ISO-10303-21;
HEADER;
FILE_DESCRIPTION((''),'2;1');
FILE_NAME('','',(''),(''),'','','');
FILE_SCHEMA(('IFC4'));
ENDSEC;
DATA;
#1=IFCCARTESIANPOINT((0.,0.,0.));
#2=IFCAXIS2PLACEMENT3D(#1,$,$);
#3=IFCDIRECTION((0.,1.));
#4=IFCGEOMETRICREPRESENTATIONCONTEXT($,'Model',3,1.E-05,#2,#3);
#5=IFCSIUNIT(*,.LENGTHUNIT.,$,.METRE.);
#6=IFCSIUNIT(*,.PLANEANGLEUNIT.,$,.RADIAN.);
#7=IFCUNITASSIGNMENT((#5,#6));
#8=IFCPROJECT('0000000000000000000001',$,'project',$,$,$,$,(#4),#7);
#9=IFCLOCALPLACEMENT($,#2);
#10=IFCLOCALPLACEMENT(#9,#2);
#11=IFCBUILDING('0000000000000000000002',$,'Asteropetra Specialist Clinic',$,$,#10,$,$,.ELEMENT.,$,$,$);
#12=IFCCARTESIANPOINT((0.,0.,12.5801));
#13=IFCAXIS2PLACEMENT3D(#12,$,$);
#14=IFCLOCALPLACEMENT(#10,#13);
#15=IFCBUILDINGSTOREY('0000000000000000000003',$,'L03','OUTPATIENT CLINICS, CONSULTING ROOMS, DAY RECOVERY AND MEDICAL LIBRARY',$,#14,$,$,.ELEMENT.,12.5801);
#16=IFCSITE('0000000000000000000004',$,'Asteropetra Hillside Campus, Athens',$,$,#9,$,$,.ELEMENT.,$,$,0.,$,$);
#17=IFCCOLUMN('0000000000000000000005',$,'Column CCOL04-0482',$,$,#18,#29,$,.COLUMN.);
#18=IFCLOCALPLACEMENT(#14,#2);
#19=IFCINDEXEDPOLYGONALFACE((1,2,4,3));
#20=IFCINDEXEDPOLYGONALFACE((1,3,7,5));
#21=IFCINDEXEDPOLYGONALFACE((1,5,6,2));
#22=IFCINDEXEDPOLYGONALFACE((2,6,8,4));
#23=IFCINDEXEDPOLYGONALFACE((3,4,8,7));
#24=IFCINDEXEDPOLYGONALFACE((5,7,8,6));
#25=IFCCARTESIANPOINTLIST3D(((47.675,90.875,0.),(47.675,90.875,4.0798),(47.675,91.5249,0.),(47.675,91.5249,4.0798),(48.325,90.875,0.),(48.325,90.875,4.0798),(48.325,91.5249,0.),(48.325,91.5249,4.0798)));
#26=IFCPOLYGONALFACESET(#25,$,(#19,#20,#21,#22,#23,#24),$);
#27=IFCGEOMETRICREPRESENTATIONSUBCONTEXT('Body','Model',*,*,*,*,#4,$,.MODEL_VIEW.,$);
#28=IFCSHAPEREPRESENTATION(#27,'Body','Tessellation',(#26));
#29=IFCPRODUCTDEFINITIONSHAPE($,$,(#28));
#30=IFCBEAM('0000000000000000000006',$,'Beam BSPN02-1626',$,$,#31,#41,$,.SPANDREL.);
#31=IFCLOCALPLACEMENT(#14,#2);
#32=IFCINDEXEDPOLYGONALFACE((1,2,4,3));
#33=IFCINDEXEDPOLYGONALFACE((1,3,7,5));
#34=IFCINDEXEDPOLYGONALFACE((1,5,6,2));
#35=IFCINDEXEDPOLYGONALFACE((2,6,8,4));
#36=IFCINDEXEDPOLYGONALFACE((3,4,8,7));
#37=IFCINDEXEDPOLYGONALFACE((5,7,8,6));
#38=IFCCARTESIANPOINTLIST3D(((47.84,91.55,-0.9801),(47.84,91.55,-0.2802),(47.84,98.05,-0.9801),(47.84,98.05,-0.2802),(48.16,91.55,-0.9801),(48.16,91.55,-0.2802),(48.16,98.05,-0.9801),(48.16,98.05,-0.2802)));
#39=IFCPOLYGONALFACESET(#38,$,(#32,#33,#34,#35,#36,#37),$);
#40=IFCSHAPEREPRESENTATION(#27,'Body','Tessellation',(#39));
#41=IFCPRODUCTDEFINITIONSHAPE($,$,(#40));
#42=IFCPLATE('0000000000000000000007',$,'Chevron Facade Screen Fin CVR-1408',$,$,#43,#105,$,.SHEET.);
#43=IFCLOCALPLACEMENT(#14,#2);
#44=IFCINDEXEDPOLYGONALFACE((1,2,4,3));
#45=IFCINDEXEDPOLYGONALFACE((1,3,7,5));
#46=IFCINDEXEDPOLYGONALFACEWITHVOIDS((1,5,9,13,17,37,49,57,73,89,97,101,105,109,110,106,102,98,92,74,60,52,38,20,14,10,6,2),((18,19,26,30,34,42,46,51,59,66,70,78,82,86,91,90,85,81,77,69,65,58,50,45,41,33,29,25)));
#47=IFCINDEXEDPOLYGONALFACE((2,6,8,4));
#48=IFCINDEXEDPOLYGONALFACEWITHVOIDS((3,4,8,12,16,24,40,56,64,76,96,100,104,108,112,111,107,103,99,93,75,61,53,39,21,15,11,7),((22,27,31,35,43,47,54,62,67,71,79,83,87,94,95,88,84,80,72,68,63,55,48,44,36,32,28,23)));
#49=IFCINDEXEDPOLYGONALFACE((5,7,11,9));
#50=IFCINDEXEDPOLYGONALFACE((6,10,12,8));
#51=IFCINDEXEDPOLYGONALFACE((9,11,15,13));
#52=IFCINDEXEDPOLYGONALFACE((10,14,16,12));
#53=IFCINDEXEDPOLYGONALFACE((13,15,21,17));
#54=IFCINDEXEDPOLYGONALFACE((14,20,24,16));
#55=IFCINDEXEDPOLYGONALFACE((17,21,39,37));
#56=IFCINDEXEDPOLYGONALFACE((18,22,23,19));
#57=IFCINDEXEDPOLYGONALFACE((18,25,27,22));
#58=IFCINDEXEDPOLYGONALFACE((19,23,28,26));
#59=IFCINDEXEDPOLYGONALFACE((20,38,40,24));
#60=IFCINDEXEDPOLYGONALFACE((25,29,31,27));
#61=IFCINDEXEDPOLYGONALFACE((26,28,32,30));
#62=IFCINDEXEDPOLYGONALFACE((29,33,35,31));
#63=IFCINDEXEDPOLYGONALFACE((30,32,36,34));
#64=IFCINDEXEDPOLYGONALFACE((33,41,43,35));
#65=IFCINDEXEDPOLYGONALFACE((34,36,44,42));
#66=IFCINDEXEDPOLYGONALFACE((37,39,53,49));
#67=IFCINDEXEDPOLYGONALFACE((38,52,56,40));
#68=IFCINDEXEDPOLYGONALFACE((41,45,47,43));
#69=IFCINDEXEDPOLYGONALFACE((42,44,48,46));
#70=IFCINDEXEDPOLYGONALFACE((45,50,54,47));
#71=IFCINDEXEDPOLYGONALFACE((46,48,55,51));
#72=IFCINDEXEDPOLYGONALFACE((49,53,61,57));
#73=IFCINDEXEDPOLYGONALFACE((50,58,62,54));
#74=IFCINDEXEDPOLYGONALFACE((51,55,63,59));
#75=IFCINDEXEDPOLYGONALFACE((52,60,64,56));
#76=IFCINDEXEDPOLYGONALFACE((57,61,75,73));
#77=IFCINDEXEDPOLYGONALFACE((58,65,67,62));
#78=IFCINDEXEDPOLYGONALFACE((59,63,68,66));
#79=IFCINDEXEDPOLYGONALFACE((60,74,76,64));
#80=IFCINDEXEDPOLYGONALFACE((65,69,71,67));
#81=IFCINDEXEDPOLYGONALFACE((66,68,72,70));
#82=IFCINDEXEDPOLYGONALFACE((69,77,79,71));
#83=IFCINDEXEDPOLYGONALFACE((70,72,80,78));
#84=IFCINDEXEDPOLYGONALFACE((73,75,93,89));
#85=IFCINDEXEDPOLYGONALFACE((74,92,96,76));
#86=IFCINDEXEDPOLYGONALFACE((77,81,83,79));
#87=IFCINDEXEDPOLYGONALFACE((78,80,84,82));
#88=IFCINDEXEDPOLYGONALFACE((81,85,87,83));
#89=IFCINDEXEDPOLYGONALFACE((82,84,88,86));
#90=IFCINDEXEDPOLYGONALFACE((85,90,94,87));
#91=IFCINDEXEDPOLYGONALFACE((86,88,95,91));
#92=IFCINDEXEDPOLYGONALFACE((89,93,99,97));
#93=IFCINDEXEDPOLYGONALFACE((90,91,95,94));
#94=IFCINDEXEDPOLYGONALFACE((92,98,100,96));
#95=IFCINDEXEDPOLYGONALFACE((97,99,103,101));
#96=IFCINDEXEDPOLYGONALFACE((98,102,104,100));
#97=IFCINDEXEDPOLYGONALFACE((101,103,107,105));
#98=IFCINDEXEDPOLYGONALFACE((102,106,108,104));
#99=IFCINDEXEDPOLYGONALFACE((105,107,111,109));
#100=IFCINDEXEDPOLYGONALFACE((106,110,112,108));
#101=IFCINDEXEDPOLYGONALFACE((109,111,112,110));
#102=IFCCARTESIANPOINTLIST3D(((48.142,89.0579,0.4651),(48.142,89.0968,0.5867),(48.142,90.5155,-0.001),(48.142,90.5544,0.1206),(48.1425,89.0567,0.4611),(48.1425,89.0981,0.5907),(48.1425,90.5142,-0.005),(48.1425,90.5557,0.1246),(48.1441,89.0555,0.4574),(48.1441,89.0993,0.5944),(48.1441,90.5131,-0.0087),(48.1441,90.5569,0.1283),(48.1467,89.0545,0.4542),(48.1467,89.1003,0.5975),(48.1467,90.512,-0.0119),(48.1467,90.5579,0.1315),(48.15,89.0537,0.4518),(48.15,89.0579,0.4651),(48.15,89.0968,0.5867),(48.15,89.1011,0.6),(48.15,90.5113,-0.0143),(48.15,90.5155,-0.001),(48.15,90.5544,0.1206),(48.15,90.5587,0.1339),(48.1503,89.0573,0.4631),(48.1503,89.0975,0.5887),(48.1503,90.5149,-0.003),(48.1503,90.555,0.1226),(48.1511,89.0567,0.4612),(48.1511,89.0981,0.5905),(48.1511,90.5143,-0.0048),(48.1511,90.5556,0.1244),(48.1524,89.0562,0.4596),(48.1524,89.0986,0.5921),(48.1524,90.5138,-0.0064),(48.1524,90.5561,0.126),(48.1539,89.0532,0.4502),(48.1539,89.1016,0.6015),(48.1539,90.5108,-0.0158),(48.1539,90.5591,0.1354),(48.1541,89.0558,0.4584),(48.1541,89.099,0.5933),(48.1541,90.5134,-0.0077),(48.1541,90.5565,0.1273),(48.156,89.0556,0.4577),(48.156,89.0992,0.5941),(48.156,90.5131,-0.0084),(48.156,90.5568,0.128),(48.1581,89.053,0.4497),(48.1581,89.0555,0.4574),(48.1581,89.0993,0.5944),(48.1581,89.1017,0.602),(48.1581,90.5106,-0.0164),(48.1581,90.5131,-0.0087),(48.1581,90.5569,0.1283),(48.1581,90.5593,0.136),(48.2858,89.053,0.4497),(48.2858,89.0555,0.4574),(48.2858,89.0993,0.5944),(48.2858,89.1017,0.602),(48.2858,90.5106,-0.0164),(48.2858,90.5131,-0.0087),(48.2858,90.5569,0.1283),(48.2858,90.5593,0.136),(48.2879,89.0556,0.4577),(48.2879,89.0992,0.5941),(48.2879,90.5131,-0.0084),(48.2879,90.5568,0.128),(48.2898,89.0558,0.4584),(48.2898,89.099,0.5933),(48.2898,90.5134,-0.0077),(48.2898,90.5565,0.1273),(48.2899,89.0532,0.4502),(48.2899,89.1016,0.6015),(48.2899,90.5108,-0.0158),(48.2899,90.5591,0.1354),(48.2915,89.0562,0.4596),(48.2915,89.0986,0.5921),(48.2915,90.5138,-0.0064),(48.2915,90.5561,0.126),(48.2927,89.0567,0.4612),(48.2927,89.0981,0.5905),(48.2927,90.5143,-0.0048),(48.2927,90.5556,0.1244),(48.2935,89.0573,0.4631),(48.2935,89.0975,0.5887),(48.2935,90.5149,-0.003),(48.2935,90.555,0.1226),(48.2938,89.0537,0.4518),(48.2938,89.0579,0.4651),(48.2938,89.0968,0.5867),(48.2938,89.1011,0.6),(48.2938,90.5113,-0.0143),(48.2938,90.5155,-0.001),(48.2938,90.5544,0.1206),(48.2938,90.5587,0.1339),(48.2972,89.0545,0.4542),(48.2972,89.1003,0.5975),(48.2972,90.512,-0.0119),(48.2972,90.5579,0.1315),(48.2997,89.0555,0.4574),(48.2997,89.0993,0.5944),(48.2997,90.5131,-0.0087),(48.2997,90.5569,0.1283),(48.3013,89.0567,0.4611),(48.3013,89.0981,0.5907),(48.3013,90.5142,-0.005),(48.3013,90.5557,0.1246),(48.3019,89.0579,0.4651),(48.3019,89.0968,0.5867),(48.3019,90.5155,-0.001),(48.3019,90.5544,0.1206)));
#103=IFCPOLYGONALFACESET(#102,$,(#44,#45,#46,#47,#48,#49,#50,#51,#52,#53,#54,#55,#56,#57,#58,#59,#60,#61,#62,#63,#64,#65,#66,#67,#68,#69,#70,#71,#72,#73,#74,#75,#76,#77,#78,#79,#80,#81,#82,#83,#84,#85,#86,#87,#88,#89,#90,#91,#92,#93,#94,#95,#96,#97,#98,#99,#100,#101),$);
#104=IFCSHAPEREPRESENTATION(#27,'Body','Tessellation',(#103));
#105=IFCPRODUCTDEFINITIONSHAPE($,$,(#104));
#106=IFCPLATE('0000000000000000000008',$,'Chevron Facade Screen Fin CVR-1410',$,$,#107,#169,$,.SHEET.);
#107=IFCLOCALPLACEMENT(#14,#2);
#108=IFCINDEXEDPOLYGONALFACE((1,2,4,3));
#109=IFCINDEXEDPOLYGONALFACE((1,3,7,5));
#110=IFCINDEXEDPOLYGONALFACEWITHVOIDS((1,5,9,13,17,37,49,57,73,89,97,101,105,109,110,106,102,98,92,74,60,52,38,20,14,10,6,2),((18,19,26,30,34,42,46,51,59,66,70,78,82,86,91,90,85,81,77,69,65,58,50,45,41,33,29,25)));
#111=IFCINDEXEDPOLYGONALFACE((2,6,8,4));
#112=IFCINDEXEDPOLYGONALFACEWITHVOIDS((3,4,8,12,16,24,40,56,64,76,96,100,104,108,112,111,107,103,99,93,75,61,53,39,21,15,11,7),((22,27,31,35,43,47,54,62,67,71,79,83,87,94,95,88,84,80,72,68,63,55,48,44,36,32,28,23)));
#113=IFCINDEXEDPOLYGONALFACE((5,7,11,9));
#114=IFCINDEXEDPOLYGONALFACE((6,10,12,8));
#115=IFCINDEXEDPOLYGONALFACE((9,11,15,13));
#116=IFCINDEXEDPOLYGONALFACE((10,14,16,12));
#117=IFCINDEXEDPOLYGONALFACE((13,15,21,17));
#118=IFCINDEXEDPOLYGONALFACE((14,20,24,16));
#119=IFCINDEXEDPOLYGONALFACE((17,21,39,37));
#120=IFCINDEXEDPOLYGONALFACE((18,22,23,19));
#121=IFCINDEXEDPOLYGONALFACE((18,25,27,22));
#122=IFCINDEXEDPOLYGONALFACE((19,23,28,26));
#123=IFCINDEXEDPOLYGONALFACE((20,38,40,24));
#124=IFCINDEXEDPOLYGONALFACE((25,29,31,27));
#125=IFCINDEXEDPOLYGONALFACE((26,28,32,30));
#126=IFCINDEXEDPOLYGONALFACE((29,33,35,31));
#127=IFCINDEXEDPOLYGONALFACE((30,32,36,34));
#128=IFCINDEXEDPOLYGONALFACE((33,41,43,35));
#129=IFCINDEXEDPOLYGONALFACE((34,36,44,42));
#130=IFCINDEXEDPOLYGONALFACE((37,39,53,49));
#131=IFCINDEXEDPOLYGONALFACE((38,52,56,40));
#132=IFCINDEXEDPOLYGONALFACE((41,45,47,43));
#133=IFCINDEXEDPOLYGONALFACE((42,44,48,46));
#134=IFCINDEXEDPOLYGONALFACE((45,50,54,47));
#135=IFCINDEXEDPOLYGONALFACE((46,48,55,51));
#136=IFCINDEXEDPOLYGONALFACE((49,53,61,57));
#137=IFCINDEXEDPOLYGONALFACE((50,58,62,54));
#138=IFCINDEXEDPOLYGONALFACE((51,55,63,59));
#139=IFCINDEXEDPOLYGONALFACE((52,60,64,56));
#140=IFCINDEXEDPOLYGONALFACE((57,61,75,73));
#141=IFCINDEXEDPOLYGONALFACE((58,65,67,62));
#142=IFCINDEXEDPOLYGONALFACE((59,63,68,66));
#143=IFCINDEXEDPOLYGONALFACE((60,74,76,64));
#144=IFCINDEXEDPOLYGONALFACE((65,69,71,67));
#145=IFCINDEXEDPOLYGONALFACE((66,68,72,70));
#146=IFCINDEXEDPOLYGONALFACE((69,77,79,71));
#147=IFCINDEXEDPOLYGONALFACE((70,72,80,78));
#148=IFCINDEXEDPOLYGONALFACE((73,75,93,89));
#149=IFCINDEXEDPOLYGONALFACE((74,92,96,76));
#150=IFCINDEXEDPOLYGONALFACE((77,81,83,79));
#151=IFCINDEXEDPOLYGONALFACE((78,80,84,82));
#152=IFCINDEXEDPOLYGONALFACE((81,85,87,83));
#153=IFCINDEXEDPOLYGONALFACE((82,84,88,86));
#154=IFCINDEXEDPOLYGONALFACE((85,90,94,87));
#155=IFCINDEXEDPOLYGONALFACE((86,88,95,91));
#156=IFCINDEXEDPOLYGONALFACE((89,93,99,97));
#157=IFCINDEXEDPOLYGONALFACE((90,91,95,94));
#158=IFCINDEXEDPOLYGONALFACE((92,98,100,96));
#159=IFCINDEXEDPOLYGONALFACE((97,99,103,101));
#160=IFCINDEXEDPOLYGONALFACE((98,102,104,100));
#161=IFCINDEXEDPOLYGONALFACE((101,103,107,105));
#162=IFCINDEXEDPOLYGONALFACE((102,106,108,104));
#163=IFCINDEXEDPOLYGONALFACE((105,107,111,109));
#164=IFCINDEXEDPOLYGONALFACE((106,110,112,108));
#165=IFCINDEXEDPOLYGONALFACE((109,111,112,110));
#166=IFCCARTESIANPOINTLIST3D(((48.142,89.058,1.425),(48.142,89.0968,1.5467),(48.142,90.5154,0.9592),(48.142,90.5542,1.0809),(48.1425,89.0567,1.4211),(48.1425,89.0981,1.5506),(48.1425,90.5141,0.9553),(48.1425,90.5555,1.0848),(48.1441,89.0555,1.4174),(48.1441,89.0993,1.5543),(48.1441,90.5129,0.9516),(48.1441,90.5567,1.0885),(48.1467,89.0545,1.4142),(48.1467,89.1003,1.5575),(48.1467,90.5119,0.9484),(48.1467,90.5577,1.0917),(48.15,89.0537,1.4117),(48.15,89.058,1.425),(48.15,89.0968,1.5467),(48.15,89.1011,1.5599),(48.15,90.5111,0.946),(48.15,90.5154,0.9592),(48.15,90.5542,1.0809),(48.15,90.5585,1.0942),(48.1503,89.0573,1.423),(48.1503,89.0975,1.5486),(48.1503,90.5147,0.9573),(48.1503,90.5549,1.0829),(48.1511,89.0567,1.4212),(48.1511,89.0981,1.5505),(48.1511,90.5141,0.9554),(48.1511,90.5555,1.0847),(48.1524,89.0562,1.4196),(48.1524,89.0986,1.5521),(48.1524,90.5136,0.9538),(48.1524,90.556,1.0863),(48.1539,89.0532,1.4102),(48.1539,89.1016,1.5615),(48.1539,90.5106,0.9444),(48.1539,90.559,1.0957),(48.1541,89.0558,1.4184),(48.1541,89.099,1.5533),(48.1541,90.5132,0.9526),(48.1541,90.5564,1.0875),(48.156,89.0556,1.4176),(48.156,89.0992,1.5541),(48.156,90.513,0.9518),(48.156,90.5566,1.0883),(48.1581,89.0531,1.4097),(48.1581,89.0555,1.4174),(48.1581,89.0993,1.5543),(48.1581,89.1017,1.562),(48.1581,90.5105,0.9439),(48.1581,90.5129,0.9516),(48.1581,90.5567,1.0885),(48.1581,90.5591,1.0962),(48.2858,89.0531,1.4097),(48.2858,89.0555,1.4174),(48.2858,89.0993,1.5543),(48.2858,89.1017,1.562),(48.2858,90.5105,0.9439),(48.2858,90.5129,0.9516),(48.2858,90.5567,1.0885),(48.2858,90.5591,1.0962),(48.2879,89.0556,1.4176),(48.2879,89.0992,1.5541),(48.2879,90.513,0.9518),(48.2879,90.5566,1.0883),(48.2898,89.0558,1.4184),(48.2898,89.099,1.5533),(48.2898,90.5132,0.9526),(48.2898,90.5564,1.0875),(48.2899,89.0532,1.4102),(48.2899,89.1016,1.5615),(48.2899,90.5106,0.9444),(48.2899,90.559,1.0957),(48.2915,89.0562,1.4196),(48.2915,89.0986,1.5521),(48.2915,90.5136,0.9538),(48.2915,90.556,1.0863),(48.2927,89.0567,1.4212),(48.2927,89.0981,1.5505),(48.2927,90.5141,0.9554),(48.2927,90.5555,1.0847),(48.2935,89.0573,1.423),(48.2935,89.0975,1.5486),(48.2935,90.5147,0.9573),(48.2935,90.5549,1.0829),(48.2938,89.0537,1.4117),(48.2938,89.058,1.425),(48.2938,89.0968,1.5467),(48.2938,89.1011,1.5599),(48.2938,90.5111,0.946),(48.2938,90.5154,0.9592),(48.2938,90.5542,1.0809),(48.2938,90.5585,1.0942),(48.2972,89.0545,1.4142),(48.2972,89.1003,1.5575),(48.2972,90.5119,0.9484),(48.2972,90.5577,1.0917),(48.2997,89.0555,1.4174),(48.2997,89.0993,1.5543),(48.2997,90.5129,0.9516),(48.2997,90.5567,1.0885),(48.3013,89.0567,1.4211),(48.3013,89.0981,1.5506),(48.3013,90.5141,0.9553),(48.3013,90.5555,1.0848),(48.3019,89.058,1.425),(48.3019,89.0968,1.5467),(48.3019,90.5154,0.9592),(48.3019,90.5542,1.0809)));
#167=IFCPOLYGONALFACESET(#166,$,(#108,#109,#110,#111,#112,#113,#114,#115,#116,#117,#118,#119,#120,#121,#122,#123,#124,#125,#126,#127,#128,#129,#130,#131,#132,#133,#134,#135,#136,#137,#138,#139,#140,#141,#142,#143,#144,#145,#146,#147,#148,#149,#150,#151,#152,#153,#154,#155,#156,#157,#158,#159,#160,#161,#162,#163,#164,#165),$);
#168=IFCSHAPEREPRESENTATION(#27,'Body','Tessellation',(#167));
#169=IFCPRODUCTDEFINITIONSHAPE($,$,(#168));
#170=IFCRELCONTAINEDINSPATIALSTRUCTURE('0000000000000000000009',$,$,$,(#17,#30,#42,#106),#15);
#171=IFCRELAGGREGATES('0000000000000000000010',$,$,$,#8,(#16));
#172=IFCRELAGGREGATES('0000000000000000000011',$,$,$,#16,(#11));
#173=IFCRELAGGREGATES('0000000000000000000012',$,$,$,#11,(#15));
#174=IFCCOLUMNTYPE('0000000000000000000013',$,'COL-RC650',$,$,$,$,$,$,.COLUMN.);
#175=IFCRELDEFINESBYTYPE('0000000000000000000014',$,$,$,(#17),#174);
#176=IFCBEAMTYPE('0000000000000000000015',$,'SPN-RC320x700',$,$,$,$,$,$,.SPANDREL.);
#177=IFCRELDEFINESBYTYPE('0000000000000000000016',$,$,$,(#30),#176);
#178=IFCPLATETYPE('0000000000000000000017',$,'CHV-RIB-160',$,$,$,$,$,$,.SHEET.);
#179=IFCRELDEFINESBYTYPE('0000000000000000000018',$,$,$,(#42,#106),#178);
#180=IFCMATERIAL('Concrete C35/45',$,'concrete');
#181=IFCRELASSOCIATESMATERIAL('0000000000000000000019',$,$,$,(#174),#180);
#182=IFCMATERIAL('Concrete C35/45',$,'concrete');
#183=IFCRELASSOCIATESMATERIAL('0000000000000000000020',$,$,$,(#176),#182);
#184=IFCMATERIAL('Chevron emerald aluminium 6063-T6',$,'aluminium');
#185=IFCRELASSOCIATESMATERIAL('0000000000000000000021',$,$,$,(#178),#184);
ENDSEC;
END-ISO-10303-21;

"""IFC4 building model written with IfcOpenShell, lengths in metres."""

from ifc_helpers import new_model, si_unit, direction, frame, origin, origin_2d, place, context, subcontext, project, spatial, rectangle, hollow_rectangle, extrude, material, material_profile, profile_set, type_object, element, save


model = new_model("IFC4")

# Units and contexts
model_context = context("Model", 3, precision=1e-05, world=origin(), true_north=direction((0.0, 1.0)))
body_context = subcontext(model_context, "Body", "Model", "MODEL_VIEW")
ifc_project = project(units=[si_unit("LENGTHUNIT", "METRE"), si_unit("PLANEANGLEUNIT", "RADIAN")], contexts=[model_context])

# Site, building, storey
site_placement = place(None, origin())
site = spatial("IfcSite", under=ifc_project, at=site_placement, Name="Asteropetra Hillside Campus, Athens", CompositionType="ELEMENT", RefElevation=0.0)
building_placement = place(site_placement, origin())
building = spatial("IfcBuilding", under=site, at=building_placement, Name="Asteropetra Specialist Clinic", CompositionType="ELEMENT")
storey_placement = place(building_placement, frame((0.0, 0.0, 12.5801)))
storey = spatial("IfcBuildingStorey", under=building, at=storey_placement, Name="L03", Description="OUTPATIENT CLINICS, CONSULTING ROOMS, DAY RECOVERY AND MEDICAL LIBRARY", CompositionType="ELEMENT", Elevation=12.5801)

# Column
ifc_material_1 = material(Name="Concrete C35/45", Category="concrete")
ifc_material_profile_1 = material_profile(ifc_material_1, rectangle(XDim=0.6499, YDim=0.6499, at=origin_2d()), Name="RC 650x650")
ifc_profile_set_1 = profile_set([ifc_material_profile_1], Name="Concrete C35/45")
column_type = type_object("IfcColumnType", Name="COL-RC650", PredefinedType="COLUMN", material=ifc_profile_set_1)
column_placement = place(storey_placement, frame((48.0, 91.2, 0.0), z_axis=(0.0, 0.0, 1.0), x_axis=(1.0, 0.0, 0.0)))
element("IfcColumn", 1, at=column_placement, inside=storey, type_object=column_type, Name="Column CCOL04-0482", PredefinedType="COLUMN", context=body_context, shape_type="SweptSolid", body=[
    extrude(rectangle(XDim=0.6499, YDim=0.6499, at=origin_2d()), origin(), (0.0, 0.0, 1.0), 4.0798),
])

# Beam
ifc_material_2 = material(Name="Concrete C35/45", Category="concrete")
ifc_material_profile_2 = material_profile(ifc_material_2, rectangle(XDim=0.3201, YDim=0.7, at=origin_2d()), Name="RCS 320x700")
ifc_profile_set_2 = profile_set([ifc_material_profile_2], Name="Concrete C35/45")
beam_type = type_object("IfcBeamType", Name="SPN-RC320x700", PredefinedType="SPANDREL", material=ifc_profile_set_2)
beam_placement = place(storey_placement, frame((48.0, 91.55, -0.6301), z_axis=(0.0, 1.0, 0.0), x_axis=(-1.0, 0.0, 0.0)))
element("IfcBeam", 2, at=beam_placement, inside=storey, type_object=beam_type, Name="Beam BSPN02-1626", PredefinedType="SPANDREL", context=body_context, shape_type="SweptSolid", body=[
    extrude(rectangle(XDim=0.3201, YDim=0.7, at=origin_2d()), origin(), (0.0, 0.0, 1.0), 6.5),
])

# Plates
ifc_material_3 = material(Name="Chevron emerald aluminium 6063-T6", Category="aluminium")
ifc_material_profile_3 = material_profile(ifc_material_3, hollow_rectangle(XDim=0.1599, YDim=0.1599, WallThickness=0.0081, InnerFilletRadius=0.0081, OuterFilletRadius=0.0161, at=origin_2d()), Name="SHS 160x160x8.0")
ifc_profile_set_3 = profile_set([ifc_material_profile_3], Name="Chevron emerald aluminium 6063-T6")
plate_type_1 = type_object("IfcPlateType", Name="CHV-RIB-160", PredefinedType="SHEET", material=ifc_profile_set_3)
plate_placement = place(storey_placement, frame((48.2219, 89.0774, 0.5259), z_axis=(0.0, 0.952489, -0.304573), x_axis=(-1.0, 0.0, 0.0)))
element("IfcPlate", 3, at=plate_placement, inside=storey, type_object=plate_type_1, Name="Chevron Facade Screen Fin CVR-1408", PredefinedType="SHEET", context=body_context, shape_type="SweptSolid", body=[
    extrude(hollow_rectangle(XDim=0.1599, YDim=0.1599, WallThickness=0.0081, InnerFilletRadius=0.0081, OuterFilletRadius=0.0161, at=origin_2d()), origin(), (0.0, 0.0, 1.0), 1.5303),
])
for number, where, z_axis, x_axis, name in (
    (4, (48.2219, 89.0774, 1.4858), (0.0, 0.952535, -0.304428), (-1.0, 0.0, 0.0), "Chevron Facade Screen Fin CVR-1410"),
):
    element("IfcPlate", number, at=place(storey_placement, frame(where, z_axis=z_axis, x_axis=x_axis)), inside=storey, type_object=plate_type_1, Name=name, PredefinedType="SHEET", context=body_context, shape_type="SweptSolid", body=[
        extrude(hollow_rectangle(XDim=0.1599, YDim=0.1599, WallThickness=0.0081, InnerFilletRadius=0.0081, OuterFilletRadius=0.0161, at=origin_2d()), origin(), (0.0, 0.0, 1.0), 1.53),
    ])

save(model, "model.ifc")
